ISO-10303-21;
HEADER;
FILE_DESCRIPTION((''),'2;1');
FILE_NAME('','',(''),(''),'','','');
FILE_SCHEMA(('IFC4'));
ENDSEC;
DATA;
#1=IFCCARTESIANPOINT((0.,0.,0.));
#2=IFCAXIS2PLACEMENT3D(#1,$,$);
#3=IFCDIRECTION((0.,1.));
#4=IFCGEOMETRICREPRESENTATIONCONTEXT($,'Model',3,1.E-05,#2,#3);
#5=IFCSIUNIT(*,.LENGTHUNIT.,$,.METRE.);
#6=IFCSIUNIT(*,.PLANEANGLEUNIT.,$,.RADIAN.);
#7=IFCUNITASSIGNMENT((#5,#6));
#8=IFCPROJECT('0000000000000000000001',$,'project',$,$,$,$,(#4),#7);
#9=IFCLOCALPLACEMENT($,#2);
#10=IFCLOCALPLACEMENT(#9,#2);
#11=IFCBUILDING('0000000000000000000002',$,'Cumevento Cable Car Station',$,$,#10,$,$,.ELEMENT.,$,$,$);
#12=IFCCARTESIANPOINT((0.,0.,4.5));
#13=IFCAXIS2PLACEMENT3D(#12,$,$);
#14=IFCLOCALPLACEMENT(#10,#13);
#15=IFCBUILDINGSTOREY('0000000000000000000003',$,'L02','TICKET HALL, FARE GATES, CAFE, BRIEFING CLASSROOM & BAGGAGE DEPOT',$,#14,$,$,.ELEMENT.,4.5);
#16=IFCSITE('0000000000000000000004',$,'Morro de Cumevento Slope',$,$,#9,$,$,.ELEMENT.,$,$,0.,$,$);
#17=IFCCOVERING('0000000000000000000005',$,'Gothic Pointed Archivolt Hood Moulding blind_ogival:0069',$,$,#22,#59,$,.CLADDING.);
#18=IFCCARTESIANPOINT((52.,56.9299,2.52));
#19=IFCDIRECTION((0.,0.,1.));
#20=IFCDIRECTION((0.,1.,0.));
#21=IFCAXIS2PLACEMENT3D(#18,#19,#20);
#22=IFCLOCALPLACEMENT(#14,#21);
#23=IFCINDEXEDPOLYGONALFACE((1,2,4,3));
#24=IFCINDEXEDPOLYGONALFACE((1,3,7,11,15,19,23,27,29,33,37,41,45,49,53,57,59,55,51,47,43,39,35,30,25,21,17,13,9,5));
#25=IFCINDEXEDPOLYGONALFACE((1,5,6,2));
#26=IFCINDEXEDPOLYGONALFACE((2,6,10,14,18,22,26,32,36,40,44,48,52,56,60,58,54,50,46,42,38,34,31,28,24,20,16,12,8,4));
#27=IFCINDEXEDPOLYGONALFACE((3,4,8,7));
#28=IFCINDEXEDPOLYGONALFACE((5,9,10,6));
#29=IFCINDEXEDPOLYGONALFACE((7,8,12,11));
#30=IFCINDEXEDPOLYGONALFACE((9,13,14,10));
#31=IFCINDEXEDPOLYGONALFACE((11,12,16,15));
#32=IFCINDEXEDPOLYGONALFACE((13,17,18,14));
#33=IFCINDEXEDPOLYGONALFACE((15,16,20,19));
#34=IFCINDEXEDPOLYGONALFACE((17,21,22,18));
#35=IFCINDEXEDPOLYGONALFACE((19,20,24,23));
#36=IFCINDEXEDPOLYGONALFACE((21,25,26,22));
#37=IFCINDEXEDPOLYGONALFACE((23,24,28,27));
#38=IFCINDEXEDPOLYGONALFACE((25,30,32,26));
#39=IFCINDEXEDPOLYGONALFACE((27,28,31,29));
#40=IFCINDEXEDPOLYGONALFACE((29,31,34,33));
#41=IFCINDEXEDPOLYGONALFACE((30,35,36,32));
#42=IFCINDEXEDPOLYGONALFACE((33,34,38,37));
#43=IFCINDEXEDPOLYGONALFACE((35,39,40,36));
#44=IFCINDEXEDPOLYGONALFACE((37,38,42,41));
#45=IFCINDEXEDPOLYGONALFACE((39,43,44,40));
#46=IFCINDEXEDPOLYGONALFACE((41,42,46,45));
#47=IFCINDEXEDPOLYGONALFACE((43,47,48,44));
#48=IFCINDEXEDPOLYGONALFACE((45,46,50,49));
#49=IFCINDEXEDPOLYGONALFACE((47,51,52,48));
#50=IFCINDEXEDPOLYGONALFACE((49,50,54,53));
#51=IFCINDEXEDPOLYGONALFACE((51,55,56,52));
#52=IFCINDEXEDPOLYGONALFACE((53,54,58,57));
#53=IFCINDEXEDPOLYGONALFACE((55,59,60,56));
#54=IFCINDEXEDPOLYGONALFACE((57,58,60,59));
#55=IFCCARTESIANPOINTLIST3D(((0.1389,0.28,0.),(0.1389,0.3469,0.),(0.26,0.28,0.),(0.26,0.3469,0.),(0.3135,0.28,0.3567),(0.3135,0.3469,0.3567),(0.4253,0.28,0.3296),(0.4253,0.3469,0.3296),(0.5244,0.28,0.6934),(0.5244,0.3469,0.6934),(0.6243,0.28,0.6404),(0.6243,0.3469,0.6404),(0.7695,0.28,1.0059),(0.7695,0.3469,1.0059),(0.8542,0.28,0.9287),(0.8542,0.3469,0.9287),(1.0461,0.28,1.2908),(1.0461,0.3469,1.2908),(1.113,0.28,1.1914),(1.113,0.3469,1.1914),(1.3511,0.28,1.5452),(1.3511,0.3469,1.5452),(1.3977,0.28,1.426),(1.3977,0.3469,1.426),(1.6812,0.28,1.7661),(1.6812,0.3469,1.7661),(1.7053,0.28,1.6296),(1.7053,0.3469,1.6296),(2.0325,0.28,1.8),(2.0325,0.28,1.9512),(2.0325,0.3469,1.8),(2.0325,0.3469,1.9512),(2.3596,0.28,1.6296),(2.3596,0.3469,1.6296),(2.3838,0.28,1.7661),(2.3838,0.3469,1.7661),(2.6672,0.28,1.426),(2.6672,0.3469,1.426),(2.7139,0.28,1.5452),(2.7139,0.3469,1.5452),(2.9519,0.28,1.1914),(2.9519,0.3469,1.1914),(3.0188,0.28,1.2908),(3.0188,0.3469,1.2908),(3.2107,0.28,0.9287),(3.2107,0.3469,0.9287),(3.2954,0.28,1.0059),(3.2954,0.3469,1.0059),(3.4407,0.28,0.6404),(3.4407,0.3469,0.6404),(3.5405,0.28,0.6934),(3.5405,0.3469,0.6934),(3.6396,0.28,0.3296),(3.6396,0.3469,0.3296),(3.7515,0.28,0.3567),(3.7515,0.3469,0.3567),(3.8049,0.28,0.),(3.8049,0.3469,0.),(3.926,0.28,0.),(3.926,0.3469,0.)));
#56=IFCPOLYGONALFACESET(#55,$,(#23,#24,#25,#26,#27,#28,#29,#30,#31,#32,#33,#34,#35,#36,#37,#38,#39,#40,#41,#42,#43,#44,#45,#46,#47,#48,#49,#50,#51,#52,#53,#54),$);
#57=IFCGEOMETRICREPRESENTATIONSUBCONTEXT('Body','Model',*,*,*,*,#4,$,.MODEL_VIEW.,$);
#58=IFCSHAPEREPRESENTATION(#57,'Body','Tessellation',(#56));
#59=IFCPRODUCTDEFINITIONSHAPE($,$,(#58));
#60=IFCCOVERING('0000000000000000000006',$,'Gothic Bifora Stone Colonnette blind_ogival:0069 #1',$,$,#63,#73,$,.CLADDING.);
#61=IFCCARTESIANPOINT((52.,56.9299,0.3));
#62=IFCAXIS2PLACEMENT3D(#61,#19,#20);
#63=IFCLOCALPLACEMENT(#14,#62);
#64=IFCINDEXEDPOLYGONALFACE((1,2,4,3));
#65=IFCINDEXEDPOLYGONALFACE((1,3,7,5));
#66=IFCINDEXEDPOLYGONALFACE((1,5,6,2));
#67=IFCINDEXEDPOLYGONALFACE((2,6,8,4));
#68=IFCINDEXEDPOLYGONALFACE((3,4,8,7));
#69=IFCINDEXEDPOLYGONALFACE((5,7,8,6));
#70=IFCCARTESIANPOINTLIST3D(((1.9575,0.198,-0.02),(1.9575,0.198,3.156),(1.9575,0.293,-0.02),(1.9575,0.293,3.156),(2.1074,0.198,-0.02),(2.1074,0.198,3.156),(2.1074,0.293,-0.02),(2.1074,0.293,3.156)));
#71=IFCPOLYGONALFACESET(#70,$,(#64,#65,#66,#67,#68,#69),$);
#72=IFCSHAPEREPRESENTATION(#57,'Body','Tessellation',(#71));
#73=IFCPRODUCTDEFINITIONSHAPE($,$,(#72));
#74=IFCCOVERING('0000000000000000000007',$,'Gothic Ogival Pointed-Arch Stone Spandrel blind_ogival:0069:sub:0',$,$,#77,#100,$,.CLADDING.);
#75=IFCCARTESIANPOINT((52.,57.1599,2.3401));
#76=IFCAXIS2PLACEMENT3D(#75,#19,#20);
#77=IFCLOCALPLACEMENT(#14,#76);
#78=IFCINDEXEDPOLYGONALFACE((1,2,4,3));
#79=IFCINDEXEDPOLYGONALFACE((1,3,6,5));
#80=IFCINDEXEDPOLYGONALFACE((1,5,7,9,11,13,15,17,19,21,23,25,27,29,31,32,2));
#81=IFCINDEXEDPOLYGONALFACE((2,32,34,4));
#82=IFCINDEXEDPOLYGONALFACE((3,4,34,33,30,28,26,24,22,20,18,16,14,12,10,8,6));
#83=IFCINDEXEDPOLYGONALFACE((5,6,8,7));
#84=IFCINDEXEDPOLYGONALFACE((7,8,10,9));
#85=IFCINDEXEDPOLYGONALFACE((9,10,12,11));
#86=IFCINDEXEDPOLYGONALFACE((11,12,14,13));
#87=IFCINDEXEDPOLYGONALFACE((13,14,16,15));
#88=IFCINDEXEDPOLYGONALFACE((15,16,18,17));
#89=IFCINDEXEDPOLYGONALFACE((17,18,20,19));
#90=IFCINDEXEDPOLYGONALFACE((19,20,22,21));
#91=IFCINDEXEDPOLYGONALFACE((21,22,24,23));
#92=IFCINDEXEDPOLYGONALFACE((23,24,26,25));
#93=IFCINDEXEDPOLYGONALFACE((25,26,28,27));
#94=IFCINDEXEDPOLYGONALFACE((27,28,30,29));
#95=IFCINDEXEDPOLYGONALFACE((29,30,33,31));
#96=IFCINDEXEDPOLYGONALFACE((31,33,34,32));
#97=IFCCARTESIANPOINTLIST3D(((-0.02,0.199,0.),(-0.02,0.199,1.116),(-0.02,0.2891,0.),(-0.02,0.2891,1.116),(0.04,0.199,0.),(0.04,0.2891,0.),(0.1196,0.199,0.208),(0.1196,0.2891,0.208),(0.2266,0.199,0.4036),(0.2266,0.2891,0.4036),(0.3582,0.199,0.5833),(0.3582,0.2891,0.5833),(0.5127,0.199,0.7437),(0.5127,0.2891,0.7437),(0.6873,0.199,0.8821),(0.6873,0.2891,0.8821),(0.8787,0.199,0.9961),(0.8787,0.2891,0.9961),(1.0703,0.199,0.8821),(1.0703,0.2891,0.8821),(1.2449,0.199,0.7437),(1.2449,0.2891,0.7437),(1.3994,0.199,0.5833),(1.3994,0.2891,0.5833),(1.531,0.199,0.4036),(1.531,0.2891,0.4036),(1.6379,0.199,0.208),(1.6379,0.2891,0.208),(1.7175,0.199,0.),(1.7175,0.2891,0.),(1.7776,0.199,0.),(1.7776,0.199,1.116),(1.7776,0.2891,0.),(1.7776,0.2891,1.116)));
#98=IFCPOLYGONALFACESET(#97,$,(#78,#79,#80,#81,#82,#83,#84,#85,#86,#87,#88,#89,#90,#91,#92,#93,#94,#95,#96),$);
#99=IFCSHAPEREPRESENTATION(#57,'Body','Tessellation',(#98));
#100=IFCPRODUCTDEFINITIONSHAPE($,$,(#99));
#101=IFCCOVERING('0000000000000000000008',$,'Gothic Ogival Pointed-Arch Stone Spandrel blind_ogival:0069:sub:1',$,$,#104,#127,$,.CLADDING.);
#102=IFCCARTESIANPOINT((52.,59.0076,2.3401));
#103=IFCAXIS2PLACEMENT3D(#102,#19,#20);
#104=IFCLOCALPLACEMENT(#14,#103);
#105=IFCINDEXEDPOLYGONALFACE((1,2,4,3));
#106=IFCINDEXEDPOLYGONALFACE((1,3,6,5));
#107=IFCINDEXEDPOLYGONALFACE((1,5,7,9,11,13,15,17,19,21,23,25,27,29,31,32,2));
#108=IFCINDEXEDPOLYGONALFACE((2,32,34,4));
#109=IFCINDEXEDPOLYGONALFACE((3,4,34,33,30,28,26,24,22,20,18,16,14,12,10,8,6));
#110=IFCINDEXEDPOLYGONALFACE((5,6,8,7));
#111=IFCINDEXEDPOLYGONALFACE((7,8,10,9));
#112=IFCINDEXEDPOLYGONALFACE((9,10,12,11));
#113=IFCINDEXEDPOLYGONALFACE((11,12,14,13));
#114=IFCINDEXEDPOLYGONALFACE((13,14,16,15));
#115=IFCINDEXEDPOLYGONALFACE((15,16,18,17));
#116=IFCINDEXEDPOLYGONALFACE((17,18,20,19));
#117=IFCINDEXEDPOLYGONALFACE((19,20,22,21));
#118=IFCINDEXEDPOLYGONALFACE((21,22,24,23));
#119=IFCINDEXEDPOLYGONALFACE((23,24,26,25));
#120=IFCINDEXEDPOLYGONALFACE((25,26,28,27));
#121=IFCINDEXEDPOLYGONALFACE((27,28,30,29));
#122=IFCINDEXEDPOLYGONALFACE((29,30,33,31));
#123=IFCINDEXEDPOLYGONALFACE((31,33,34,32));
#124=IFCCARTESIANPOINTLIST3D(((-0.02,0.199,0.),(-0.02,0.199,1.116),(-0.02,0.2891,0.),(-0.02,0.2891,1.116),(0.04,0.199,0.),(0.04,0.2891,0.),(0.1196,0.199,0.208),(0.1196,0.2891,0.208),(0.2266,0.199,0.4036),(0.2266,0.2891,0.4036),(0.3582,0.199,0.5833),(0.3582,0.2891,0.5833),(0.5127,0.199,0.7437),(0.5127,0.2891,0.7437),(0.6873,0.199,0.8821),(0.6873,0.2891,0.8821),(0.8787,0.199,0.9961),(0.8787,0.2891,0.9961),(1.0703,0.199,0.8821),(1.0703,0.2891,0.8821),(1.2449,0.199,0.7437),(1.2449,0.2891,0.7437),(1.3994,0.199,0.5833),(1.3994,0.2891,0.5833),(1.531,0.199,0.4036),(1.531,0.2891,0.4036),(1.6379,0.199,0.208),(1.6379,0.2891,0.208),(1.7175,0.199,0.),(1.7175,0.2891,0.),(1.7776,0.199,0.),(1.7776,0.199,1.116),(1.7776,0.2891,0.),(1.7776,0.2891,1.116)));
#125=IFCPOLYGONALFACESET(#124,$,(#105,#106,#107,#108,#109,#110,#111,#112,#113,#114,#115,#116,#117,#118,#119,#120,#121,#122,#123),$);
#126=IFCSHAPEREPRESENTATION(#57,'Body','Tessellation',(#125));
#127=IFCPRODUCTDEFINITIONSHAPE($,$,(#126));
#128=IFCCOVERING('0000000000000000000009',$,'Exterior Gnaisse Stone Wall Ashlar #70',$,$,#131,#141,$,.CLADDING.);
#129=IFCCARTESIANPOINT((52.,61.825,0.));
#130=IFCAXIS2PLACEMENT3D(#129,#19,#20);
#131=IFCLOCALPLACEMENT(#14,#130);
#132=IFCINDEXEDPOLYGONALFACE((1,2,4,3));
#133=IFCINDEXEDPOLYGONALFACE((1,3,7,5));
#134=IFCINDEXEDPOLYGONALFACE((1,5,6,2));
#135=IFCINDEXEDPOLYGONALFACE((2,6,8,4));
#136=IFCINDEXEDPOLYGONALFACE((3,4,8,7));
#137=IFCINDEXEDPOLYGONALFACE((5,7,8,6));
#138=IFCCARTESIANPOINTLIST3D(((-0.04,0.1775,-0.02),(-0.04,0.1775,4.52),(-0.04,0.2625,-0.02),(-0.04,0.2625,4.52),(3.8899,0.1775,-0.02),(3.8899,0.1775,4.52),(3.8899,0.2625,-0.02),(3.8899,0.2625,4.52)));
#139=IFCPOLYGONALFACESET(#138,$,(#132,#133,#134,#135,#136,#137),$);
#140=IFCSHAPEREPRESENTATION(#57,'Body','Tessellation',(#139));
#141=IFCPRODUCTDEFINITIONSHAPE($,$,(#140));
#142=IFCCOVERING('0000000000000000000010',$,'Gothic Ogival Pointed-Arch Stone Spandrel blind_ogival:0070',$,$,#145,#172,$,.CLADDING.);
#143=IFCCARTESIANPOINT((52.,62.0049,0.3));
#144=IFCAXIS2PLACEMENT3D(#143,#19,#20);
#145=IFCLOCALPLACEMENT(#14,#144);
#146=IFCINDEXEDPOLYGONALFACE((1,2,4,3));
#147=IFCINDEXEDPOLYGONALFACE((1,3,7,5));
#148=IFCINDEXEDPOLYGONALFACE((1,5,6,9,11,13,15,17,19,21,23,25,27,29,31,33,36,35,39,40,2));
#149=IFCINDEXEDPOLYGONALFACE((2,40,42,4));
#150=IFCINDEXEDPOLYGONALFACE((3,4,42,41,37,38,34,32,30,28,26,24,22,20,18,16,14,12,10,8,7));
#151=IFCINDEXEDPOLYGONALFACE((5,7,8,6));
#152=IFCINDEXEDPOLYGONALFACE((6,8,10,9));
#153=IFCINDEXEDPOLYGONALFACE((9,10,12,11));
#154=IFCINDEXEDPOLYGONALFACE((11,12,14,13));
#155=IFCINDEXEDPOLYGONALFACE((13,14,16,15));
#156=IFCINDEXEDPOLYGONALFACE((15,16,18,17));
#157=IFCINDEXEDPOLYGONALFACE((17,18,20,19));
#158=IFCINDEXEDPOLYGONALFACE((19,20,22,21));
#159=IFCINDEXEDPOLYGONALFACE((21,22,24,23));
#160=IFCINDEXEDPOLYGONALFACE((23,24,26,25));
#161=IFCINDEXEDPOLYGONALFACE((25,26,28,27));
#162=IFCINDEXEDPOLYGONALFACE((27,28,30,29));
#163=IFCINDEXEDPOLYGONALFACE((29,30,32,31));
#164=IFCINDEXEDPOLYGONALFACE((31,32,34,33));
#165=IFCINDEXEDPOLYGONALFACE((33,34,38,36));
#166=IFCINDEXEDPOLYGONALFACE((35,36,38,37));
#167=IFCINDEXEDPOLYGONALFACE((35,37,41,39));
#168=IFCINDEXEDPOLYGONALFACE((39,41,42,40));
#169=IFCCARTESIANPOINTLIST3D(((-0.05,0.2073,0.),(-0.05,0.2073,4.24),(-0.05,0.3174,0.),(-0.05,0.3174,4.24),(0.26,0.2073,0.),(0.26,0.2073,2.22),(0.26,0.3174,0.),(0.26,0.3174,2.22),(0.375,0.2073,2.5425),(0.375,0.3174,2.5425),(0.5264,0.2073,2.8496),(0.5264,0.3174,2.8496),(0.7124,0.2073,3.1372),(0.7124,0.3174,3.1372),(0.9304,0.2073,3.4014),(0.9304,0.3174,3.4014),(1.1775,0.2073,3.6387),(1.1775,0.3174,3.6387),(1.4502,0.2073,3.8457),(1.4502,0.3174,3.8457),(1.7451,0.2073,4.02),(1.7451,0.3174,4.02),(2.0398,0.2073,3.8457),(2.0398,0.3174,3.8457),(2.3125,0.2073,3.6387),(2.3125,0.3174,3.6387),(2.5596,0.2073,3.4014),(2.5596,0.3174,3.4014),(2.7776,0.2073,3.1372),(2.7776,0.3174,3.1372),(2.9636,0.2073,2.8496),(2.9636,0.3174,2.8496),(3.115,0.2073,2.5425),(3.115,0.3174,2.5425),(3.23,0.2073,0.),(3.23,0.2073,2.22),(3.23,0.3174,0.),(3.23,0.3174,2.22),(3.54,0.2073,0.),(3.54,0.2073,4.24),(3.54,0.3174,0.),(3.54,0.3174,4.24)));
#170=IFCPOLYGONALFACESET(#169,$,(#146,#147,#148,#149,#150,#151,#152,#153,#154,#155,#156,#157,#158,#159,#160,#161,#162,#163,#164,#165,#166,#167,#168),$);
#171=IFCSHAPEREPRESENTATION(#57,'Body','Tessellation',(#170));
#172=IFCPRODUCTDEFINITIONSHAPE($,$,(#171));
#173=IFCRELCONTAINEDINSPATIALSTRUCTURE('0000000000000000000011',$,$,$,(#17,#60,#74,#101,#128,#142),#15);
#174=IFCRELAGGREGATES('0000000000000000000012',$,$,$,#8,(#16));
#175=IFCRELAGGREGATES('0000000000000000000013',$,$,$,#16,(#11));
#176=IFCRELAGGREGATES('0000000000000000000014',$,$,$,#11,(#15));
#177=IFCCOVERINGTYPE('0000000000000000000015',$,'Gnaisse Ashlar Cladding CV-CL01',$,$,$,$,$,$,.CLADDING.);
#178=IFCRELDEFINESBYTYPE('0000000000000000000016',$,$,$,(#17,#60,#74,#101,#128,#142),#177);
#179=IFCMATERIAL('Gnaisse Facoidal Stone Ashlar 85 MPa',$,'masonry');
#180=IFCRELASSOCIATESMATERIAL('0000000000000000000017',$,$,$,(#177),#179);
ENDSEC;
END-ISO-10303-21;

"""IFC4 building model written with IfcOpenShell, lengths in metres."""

from ifc_helpers import new_model, si_unit, direction, frame, origin, place, context, subcontext, project, spatial, polyline, outline, extrude, material, type_object, element, save


model = new_model("IFC4")

# Units and contexts
model_context = context("Model", 3, precision=1e-05, world=origin(), true_north=direction((0.0, 1.0)))
body_context = subcontext(model_context, "Body", "Model", "MODEL_VIEW")
ifc_project = project(units=[si_unit("LENGTHUNIT", "METRE"), si_unit("PLANEANGLEUNIT", "RADIAN")], contexts=[model_context])

# Site, building, storey
site_placement = place(None, origin())
site = spatial("IfcSite", under=ifc_project, at=site_placement, Name="Morro de Cumevento Slope", CompositionType="ELEMENT", RefElevation=0.0)
building_placement = place(site_placement, origin())
building = spatial("IfcBuilding", under=site, at=building_placement, Name="Cumevento Cable Car Station", CompositionType="ELEMENT")
storey_placement = place(building_placement, frame((0.0, 0.0, 4.5)))
storey = spatial("IfcBuildingStorey", under=building, at=storey_placement, Name="L02", Description="TICKET HALL, FARE GATES, CAFE, BRIEFING CLASSROOM & BAGGAGE DEPOT", CompositionType="ELEMENT", Elevation=4.5)

# Coverings
ifc_material_1 = material(Name="Gnaisse Facoidal Stone Ashlar 85 MPa", Category="masonry")
covering_type = type_object("IfcCoveringType", Name="Gnaisse Ashlar Cladding CV-CL01", PredefinedType="CLADDING", material=ifc_material_1)
placement_1 = place(storey_placement, frame((52.0, 56.9299, 0.3), z_axis=(0.0, 0.0, 1.0), x_axis=(0.0, 1.0, 0.0)))
covering_1_placement = place(storey_placement, frame((52.0, 56.9299, 2.52), z_axis=(0.0, 0.0, 1.0), x_axis=(0.0, 1.0, 0.0)))
element("IfcCovering", 1, at=covering_1_placement, inside=storey, type_object=covering_type, Name="Gothic Pointed Archivolt Hood Moulding blind_ogival:0069", PredefinedType="CLADDING", context=body_context, shape_type="SweptSolid", body=[
    extrude(outline(polyline([(0.26, 0.0), (0.4253, 0.3296), (0.6243, 0.6404), (0.8542, 0.9287), (1.113, 1.1914), (1.3977, 1.426), (1.7053, 1.6296), (2.0325, 1.8), (2.3596, 1.6296), (2.6672, 1.426), (2.9519, 1.1914), (3.2107, 0.9287), (3.4407, 0.6404), (3.6396, 0.3296), (3.8049, 0.0), (3.926, 0.0), (3.7515, 0.3567), (3.5405, 0.6934), (3.2954, 1.0059), (3.0188, 1.2908), (2.7139, 1.5452), (2.3838, 1.7661), (2.0325, 1.9512), (1.6812, 1.7661), (1.3511, 1.5452), (1.0461, 1.2908), (0.7695, 1.0059), (0.5244, 0.6934), (0.3135, 0.3567), (0.1389, 0.0), (0.26, 0.0)])), frame((0.0, 0.3469, 0.0), z_axis=(0.0, -1.0, 0.0), x_axis=(1.0, 0.0, 0.0)), (0.0, 0.0, 1.0), 0.0669),
])
element("IfcCovering", 2, at=placement_1, inside=storey, type_object=covering_type, Name="Gothic Bifora Stone Colonnette blind_ogival:0069 #1", PredefinedType="CLADDING", context=body_context, shape_type="SweptSolid", body=[
    extrude(outline(polyline([(1.9575, -0.02), (2.1074, -0.02), (2.1074, 3.156), (1.9575, 3.156), (1.9575, -0.02)])), frame((0.0, 0.293, 0.0), z_axis=(0.0, -1.0, 0.0), x_axis=(1.0, 0.0, 0.0)), (0.0, 0.0, 1.0), 0.095),
])
for number, where, z_axis, x_axis, name in (
    (3, (52.0, 57.1599, 2.3401), (0.0, 0.0, 1.0), (0.0, 1.0, 0.0), "Gothic Ogival Pointed-Arch Stone Spandrel blind_ogival:0069:sub:0"),
    (4, (52.0, 59.0076, 2.3401), (0.0, 0.0, 1.0), (0.0, 1.0, 0.0), "Gothic Ogival Pointed-Arch Stone Spandrel blind_ogival:0069:sub:1"),
):
    element("IfcCovering", number, at=place(storey_placement, frame(where, z_axis=z_axis, x_axis=x_axis)), inside=storey, type_object=covering_type, Name=name, PredefinedType="CLADDING", context=body_context, shape_type="SweptSolid", body=[
        extrude(outline(polyline([(-0.02, 0.0), (-0.02, 1.116), (1.7776, 1.116), (1.7776, 0.0), (1.7175, 0.0), (1.6379, 0.208), (1.531, 0.4036), (1.3994, 0.5833), (1.2449, 0.7437), (1.0703, 0.8821), (0.8787, 0.9961), (0.6873, 0.8821), (0.5127, 0.7437), (0.3582, 0.5833), (0.2266, 0.4036), (0.1196, 0.208), (0.04, 0.0), (-0.02, 0.0)])), frame((0.0, 0.2891, 0.0), z_axis=(0.0, -1.0, 0.0), x_axis=(1.0, 0.0, 0.0)), (0.0, 0.0, 1.0), 0.0901),
    ])
covering_2_placement = place(storey_placement, frame((52.0, 61.825, 0.0), z_axis=(0.0, 0.0, 1.0), x_axis=(0.0, 1.0, 0.0)))
element("IfcCovering", 5, at=covering_2_placement, inside=storey, type_object=covering_type, Name="Exterior Gnaisse Stone Wall Ashlar #70", PredefinedType="CLADDING", context=body_context, shape_type="SweptSolid", body=[
    extrude(outline(polyline([(-0.04, -0.02), (3.8899, -0.02), (3.8899, 4.52), (-0.04, 4.52), (-0.04, -0.02)])), frame((0.0, 0.2625, 0.0), z_axis=(0.0, -1.0, 0.0), x_axis=(1.0, 0.0, 0.0)), (0.0, 0.0, 1.0), 0.085),
])
covering_3_placement = place(storey_placement, frame((52.0, 62.0049, 0.3), z_axis=(0.0, 0.0, 1.0), x_axis=(0.0, 1.0, 0.0)))
element("IfcCovering", 6, at=covering_3_placement, inside=storey, type_object=covering_type, Name="Gothic Ogival Pointed-Arch Stone Spandrel blind_ogival:0070", PredefinedType="CLADDING", context=body_context, shape_type="SweptSolid", body=[
    extrude(outline(polyline([(-0.05, 0.0), (-0.05, 4.24), (3.54, 4.24), (3.54, 0.0), (3.23, 0.0), (3.23, 2.22), (3.115, 2.5425), (2.9636, 2.8496), (2.7776, 3.1372), (2.5596, 3.4014), (2.3125, 3.6387), (2.0398, 3.8457), (1.7451, 4.02), (1.4502, 3.8457), (1.1775, 3.6387), (0.9304, 3.4014), (0.7124, 3.1372), (0.5264, 2.8496), (0.375, 2.5425), (0.26, 2.22), (0.26, 0.0), (-0.05, 0.0)])), frame((0.0, 0.3174, 0.0), z_axis=(0.0, -1.0, 0.0), x_axis=(1.0, 0.0, 0.0)), (0.0, 0.0, 1.0), 0.1101),
])

save(model, "model.ifc")
